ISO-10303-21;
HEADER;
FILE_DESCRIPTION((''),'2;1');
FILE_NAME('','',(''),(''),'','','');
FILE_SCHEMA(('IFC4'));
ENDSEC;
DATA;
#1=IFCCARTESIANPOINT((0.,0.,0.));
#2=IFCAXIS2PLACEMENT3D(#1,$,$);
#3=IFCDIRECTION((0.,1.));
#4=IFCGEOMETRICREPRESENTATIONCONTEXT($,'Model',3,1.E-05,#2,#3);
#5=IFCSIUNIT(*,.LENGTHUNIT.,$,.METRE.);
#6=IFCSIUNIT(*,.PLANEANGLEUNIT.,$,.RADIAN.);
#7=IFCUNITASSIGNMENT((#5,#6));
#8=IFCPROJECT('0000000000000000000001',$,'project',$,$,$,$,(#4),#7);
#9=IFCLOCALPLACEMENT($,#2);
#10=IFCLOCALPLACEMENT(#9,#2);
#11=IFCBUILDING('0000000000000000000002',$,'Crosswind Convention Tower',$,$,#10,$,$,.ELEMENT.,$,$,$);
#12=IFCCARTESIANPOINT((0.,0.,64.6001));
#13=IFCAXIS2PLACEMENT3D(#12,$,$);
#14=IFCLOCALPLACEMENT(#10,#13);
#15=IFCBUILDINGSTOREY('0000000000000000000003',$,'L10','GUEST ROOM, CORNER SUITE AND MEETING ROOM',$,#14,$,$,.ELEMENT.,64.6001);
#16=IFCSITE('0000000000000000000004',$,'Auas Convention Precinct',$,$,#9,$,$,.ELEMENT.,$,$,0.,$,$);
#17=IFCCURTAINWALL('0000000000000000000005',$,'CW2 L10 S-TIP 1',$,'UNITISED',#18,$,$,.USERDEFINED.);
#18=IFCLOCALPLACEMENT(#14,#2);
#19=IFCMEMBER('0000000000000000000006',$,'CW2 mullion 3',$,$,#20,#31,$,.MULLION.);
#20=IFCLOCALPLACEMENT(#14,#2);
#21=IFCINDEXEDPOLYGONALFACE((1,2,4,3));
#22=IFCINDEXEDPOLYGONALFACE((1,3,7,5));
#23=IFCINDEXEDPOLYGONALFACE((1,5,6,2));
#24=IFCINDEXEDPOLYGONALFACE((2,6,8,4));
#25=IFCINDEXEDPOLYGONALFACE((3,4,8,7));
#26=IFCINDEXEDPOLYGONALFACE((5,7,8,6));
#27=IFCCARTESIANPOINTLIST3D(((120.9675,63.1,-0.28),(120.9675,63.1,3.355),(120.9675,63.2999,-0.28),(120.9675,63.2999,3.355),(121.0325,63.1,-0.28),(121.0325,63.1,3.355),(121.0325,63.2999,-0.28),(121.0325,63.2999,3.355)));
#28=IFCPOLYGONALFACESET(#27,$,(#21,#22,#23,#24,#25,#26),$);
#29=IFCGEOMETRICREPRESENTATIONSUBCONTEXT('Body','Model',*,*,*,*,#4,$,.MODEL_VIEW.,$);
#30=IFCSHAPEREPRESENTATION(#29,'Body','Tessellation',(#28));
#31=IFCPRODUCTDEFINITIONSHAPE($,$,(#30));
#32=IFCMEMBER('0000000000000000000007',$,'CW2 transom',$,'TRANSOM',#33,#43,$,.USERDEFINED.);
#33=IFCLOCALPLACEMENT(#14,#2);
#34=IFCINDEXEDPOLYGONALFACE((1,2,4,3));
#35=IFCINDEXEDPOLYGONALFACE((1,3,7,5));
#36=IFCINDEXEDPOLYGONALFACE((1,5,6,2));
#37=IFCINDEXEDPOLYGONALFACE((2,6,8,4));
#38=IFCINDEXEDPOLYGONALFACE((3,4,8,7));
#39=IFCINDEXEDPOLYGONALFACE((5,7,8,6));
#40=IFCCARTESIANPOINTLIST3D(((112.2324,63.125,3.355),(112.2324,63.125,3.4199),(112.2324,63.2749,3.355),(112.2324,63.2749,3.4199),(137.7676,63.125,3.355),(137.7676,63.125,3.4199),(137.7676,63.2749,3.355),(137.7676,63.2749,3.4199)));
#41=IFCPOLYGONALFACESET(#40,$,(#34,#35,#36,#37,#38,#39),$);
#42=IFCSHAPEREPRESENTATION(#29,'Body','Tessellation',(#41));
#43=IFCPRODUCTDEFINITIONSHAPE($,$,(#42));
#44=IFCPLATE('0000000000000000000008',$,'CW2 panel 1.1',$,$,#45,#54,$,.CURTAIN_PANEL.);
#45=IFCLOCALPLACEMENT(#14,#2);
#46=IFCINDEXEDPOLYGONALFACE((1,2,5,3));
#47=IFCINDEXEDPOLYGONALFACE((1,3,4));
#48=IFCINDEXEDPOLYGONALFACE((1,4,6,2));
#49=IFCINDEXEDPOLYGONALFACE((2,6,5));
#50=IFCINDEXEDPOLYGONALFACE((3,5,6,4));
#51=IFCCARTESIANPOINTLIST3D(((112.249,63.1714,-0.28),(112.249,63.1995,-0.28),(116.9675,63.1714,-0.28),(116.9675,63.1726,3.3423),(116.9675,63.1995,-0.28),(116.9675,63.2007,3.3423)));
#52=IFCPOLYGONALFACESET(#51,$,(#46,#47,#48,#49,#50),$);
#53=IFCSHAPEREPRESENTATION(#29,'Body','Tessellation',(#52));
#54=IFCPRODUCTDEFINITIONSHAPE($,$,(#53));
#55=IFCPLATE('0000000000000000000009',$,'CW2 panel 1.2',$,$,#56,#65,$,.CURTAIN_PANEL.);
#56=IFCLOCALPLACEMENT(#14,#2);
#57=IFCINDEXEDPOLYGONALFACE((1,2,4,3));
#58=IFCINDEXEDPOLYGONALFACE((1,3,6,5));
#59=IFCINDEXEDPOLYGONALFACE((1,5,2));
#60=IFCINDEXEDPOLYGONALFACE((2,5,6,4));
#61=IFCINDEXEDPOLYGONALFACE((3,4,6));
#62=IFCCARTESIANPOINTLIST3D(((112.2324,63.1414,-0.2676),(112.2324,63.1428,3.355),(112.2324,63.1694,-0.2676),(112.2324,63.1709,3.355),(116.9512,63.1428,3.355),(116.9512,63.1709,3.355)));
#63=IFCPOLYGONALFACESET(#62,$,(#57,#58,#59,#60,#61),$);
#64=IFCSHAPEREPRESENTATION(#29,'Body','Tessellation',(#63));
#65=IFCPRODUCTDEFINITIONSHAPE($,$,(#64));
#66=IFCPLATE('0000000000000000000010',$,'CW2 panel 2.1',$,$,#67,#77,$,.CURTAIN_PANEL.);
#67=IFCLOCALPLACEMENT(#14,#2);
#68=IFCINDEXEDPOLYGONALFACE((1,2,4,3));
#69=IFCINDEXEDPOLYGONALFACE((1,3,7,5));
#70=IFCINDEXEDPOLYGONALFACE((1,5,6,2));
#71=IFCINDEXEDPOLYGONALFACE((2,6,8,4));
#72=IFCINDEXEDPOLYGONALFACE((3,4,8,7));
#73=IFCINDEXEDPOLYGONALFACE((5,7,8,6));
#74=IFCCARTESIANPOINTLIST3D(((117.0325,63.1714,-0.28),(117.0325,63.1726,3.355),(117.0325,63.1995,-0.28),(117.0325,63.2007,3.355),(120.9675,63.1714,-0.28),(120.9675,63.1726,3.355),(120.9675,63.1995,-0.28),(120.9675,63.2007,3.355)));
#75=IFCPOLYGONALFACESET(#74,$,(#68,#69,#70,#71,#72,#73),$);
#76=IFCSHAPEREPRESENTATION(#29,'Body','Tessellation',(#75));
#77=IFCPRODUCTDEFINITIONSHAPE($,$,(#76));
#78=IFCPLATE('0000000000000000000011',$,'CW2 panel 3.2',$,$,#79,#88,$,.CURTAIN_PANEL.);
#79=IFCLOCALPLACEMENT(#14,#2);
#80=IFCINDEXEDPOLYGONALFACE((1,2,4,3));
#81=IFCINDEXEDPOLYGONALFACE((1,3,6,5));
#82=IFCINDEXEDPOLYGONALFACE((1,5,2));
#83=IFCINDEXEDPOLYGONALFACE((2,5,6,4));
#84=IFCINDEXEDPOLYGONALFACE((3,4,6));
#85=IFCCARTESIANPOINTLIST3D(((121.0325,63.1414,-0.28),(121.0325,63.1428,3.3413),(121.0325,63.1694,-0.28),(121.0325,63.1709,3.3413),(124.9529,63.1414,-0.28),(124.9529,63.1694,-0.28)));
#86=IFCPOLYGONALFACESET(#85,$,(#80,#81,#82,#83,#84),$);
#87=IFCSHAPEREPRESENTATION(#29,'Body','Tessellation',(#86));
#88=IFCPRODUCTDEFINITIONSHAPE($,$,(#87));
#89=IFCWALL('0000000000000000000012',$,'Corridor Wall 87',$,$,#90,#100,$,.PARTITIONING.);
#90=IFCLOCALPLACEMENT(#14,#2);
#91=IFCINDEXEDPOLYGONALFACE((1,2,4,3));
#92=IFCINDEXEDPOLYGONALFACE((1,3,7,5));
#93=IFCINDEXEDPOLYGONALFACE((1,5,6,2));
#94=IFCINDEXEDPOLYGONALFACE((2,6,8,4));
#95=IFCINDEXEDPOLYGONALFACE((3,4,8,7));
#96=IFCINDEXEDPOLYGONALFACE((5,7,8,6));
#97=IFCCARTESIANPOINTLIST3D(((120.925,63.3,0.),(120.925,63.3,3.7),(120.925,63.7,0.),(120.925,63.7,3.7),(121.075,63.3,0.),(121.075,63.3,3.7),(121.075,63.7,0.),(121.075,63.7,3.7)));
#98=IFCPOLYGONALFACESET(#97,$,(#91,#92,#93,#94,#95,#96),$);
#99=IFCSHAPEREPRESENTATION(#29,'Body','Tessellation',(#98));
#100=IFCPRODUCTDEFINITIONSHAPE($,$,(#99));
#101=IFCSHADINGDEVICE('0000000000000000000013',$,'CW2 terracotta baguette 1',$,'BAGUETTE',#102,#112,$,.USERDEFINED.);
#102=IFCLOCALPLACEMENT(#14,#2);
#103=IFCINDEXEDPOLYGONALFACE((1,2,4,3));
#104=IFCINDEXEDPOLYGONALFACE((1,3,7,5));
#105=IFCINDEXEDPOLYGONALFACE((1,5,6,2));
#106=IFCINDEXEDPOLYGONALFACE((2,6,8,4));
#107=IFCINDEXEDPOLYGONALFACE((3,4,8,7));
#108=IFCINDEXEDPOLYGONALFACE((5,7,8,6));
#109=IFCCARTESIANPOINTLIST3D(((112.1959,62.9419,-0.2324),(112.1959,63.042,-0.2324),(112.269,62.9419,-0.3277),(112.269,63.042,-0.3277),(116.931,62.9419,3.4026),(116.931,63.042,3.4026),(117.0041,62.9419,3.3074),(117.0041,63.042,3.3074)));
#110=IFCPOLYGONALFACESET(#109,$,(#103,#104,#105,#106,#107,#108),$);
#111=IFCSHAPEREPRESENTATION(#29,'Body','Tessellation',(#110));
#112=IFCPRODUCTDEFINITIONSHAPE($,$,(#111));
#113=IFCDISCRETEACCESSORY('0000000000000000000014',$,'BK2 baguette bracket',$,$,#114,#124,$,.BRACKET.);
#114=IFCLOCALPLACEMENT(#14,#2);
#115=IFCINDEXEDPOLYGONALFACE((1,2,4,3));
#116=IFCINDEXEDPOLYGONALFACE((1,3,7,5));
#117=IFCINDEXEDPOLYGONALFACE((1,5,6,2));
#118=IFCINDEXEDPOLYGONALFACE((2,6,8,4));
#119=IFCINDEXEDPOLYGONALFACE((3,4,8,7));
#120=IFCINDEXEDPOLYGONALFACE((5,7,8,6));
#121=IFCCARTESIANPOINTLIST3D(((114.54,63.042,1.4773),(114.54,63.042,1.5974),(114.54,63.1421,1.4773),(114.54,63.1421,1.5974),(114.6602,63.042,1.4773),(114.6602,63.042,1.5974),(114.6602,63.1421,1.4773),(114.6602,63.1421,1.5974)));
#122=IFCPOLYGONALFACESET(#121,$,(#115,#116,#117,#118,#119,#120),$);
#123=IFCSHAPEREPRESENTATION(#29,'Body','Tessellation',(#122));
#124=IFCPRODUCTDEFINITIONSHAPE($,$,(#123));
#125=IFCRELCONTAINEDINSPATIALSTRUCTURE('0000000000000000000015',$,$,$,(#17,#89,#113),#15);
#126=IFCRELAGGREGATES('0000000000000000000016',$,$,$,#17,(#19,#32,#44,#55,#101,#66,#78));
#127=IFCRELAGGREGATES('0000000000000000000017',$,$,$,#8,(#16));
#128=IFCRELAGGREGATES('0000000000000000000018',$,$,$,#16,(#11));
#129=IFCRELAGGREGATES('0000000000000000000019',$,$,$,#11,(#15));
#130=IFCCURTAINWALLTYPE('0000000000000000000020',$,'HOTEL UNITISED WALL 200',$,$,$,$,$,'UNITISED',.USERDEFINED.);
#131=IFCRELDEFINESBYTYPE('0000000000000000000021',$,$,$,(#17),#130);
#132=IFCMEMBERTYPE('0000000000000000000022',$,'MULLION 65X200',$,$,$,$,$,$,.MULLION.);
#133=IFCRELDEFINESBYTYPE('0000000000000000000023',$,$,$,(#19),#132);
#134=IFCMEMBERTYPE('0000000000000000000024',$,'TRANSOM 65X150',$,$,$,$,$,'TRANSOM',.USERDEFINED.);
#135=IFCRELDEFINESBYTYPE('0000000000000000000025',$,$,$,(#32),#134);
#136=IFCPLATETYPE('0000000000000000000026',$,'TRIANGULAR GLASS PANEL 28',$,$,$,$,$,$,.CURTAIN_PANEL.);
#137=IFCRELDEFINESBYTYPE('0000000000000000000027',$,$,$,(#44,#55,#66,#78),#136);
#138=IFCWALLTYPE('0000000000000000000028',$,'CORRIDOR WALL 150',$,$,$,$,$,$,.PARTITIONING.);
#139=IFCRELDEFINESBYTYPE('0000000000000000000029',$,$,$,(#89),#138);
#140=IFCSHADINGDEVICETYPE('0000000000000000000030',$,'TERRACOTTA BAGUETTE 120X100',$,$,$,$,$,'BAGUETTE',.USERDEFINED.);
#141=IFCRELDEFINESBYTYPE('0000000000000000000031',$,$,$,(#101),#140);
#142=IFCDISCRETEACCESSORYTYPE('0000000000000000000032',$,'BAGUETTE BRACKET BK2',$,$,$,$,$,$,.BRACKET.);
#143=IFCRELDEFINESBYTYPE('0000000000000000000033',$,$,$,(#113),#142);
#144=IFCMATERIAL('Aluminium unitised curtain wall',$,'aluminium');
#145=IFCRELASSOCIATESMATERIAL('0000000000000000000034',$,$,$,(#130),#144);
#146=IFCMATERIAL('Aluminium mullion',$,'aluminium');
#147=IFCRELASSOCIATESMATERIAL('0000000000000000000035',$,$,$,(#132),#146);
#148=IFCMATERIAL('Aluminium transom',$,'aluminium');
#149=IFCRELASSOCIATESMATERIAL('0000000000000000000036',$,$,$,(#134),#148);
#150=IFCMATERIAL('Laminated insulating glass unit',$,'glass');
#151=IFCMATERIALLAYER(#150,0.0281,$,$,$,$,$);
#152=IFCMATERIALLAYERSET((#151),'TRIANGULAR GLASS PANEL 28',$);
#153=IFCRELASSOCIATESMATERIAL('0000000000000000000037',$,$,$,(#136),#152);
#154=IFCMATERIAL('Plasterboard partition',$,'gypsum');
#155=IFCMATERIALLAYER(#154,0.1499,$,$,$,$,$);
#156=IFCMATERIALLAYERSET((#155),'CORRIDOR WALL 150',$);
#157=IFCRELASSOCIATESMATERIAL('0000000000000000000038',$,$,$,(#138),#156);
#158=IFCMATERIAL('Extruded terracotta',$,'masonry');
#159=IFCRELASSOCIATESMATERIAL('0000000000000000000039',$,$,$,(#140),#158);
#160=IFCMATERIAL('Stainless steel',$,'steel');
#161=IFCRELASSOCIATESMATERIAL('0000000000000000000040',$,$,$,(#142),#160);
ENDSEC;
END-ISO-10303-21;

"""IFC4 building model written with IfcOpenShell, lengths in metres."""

from ifc_helpers import new_model, si_unit, direction, frame, frame_2d, origin, origin_2d, place, context, subcontext, project, spatial, polyline, rectangle, outline, extrude, material, layer, layer_set, material_profile, profile_set, type_object, element, aggregate, save


model = new_model("IFC4")

# Units and contexts
model_context = context("Model", 3, precision=1e-05, world=origin(), true_north=direction((0.0, 1.0)))
body_context = subcontext(model_context, "Body", "Model", "MODEL_VIEW")
ifc_project = project(units=[si_unit("LENGTHUNIT", "METRE"), si_unit("PLANEANGLEUNIT", "RADIAN")], contexts=[model_context])

# Site, building, storey
site_placement = place(None, origin())
site = spatial("IfcSite", under=ifc_project, at=site_placement, Name="Auas Convention Precinct", CompositionType="ELEMENT", RefElevation=0.0)
building_placement = place(site_placement, origin())
building = spatial("IfcBuilding", under=site, at=building_placement, Name="Crosswind Convention Tower", CompositionType="ELEMENT")
storey_placement = place(building_placement, frame((0.0, 0.0, 64.6001)))
storey = spatial("IfcBuildingStorey", under=building, at=storey_placement, Name="L10", Description="GUEST ROOM, CORNER SUITE AND MEETING ROOM", CompositionType="ELEMENT", Elevation=64.6001)

# Curtain wall, members, plates
ifc_material_1 = material(Name="Aluminium unitised curtain wall", Category="aluminium")
curtain_wall_type = type_object("IfcCurtainWallType", Name="HOTEL UNITISED WALL 200", ElementType="UNITISED", PredefinedType="USERDEFINED", material=ifc_material_1)
curtain_wall_placement = place(storey_placement, origin())
curtain_wall = element("IfcCurtainWall", 1, at=curtain_wall_placement, inside=storey, type_object=curtain_wall_type, Name="CW2 L10 S-TIP 1", ObjectType="UNITISED", PredefinedType="USERDEFINED")
ifc_material_2 = material(Name="Aluminium mullion", Category="aluminium")
ifc_material_profile_1 = material_profile(ifc_material_2, rectangle(XDim=0.2, YDim=0.0649, at=origin_2d()), Name="AL 200X65")
ifc_profile_set_1 = profile_set([ifc_material_profile_1], Name="Aluminium mullion")
member_type_1 = type_object("IfcMemberType", Name="MULLION 65X200", PredefinedType="MULLION", material=ifc_profile_set_1)
member_1_placement = place(storey_placement, frame((121.0, 63.2, -0.28), z_axis=(0.0, 0.0, 1.0), x_axis=(0.0, -1.0, 0.0)))
member_1 = element("IfcMember", 2, at=member_1_placement, type_object=member_type_1, Name="CW2 mullion 3", PredefinedType="MULLION", context=body_context, shape_type="SweptSolid", body=[
    extrude(rectangle(XDim=0.2, YDim=0.0649, at=origin_2d()), origin(), (0.0, 0.0, 1.0), 3.635),
])
ifc_material_3 = material(Name="Aluminium transom", Category="aluminium")
ifc_material_profile_2 = material_profile(ifc_material_3, rectangle(XDim=0.1499, YDim=0.0649, at=origin_2d()), Name="AL 150X65")
ifc_profile_set_2 = profile_set([ifc_material_profile_2], Name="Aluminium transom")
member_type_2 = type_object("IfcMemberType", Name="TRANSOM 65X150", ElementType="TRANSOM", PredefinedType="USERDEFINED", material=ifc_profile_set_2)
member_2_placement = place(storey_placement, frame((112.2324, 63.2, 3.3875), z_axis=(1.0, 0.0, 0.0), x_axis=(0.0, 1.0, 0.0)))
member_2 = element("IfcMember", 3, at=member_2_placement, type_object=member_type_2, Name="CW2 transom", ObjectType="TRANSOM", PredefinedType="USERDEFINED", context=body_context, shape_type="SweptSolid", body=[
    extrude(rectangle(XDim=0.1499, YDim=0.0649, at=origin_2d()), origin(), (0.0, 0.0, 1.0), 25.5352),
])
ifc_material_4 = material(Name="Laminated insulating glass unit", Category="glass")
ifc_layer_1 = layer(ifc_material_4, 0.0281)
ifc_layer_set_1 = layer_set([ifc_layer_1], Name="TRIANGULAR GLASS PANEL 28")
plate_type = type_object("IfcPlateType", Name="TRIANGULAR GLASS PANEL 28", PredefinedType="CURTAIN_PANEL", material=ifc_layer_set_1)
plate_1_placement = place(storey_placement, frame((116.9675, 63.1714, -0.28), z_axis=(0.0, -1.0, 0.000337), x_axis=(0.0, 0.000337, 1.0)))
plate_1 = element("IfcPlate", 4, at=plate_1_placement, type_object=plate_type, Name="CW2 panel 1.1", PredefinedType="CURTAIN_PANEL", context=body_context, shape_type="SweptSolid", body=[
    extrude(outline(polyline([(0.0, 0.0), (3.6223, 0.0), (0.0, 4.7185), (0.0, 0.0)])), origin(), (0.0, 0.0, -1.0), 0.0281),
])
plate_2_placement = place(storey_placement, frame((112.2324, 63.1428, 3.355), z_axis=(0.0, -1.0, 0.000404), x_axis=(0.0, -0.000404, -1.0)))
plate_2 = element("IfcPlate", 5, at=plate_2_placement, type_object=plate_type, Name="CW2 panel 1.2", PredefinedType="CURTAIN_PANEL", context=body_context, shape_type="SweptSolid", body=[
    extrude(outline(polyline([(0.0, 0.0), (3.6226, 0.0), (0.0, 4.7187), (0.0, 0.0)])), origin(), (0.0, 0.0, -1.0), 0.0281),
])
plate_3_placement = place(storey_placement, frame((117.0325, 63.1714, -0.28), z_axis=(0.0, -1.0, 0.000336), x_axis=(1.0, 0.0, 0.0)))
plate_3 = element("IfcPlate", 6, at=plate_3_placement, type_object=plate_type, Name="CW2 panel 2.1", PredefinedType="CURTAIN_PANEL", context=body_context, shape_type="SweptSolid", body=[
    extrude(outline(polyline([(0.0, 0.0), (3.9351, 0.0), (3.9351, 3.635), (0.0, 3.635), (0.0, 0.0)])), origin(), (0.0, 0.0, -1.0), 0.0281),
])
plate_4_placement = place(storey_placement, frame((121.0325, 63.1414, -0.28), z_axis=(0.0, -1.0, 0.000405), x_axis=(1.0, 0.0, 0.0)))
plate_4 = element("IfcPlate", 7, at=plate_4_placement, type_object=plate_type, Name="CW2 panel 3.2", PredefinedType="CURTAIN_PANEL", context=body_context, shape_type="SweptSolid", body=[
    extrude(outline(polyline([(0.0, 0.0), (3.9204, 0.0), (0.0, 3.6213), (0.0, 0.0)])), origin(), (0.0, 0.0, -1.0), 0.0281),
])

# Wall
ifc_material_5 = material(Name="Plasterboard partition", Category="gypsum")
ifc_layer_2 = layer(ifc_material_5, 0.1499)
ifc_layer_set_2 = layer_set([ifc_layer_2], Name="CORRIDOR WALL 150")
wall_type_1 = type_object("IfcWallType", Name="CORRIDOR WALL 150", PredefinedType="PARTITIONING", material=ifc_layer_set_2)
wall_1_placement = place(storey_placement, frame((121.0, 63.3, 0.0), z_axis=(0.0, 0.0, 1.0), x_axis=(0.0, 1.0, 0.0)))
element("IfcWall", 8, at=wall_1_placement, inside=storey, type_object=wall_type_1, Name="Corridor Wall 87", PredefinedType="PARTITIONING", context=body_context, shape_type="SweptSolid", body=[
    extrude(rectangle(XDim=0.3999, YDim=0.1499, at=frame_2d((0.2, 0.0))), origin(), (0.0, 0.0, 1.0), 3.7),
])

# Shading device
ifc_material_6 = material(Name="Extruded terracotta", Category="masonry")
ifc_material_profile_3 = material_profile(ifc_material_6, rectangle(XDim=0.1001, YDim=0.1201, at=origin_2d()), Name="TC 100X120")
ifc_profile_set_3 = profile_set([ifc_material_profile_3], Name="Extruded terracotta")
shading_device_type = type_object("IfcShadingDeviceType", Name="TERRACOTTA BAGUETTE 120X100", ElementType="BAGUETTE", PredefinedType="USERDEFINED", material=ifc_profile_set_3)
shading_device_placement = place(storey_placement, frame((112.2324, 62.9919, -0.28), z_axis=(0.793221, 0.0, 0.608934), x_axis=(0.0, 1.0, 0.0)))
shading_device = element("IfcShadingDevice", 9, at=shading_device_placement, type_object=shading_device_type, Name="CW2 terracotta baguette 1", ObjectType="BAGUETTE", PredefinedType="USERDEFINED", context=body_context, shape_type="SweptSolid", body=[
    extrude(rectangle(XDim=0.1001, YDim=0.1201, at=origin_2d()), origin(), (0.0, 0.0, 1.0), 5.9695),
])
aggregate(curtain_wall, [member_1, member_2, plate_1, plate_2, shading_device, plate_3, plate_4])

# Discrete accessory
ifc_material_7 = material(Name="Stainless steel", Category="steel")
discrete_accessory_type = type_object("IfcDiscreteAccessoryType", Name="BAGUETTE BRACKET BK2", PredefinedType="BRACKET", material=ifc_material_7)
discrete_accessory_placement = place(storey_placement, frame((114.6001, 63.092, 1.4773), z_axis=(0.0, 0.0, 1.0), x_axis=(1.0, 0.0, 0.0)))
element("IfcDiscreteAccessory", 10, at=discrete_accessory_placement, inside=storey, type_object=discrete_accessory_type, Name="BK2 baguette bracket", PredefinedType="BRACKET", context=body_context, shape_type="SweptSolid", body=[
    extrude(rectangle(XDim=0.1201, YDim=0.1001, at=origin_2d()), origin(), (0.0, 0.0, 1.0), 0.1201),
])

save(model, "model.ifc")
